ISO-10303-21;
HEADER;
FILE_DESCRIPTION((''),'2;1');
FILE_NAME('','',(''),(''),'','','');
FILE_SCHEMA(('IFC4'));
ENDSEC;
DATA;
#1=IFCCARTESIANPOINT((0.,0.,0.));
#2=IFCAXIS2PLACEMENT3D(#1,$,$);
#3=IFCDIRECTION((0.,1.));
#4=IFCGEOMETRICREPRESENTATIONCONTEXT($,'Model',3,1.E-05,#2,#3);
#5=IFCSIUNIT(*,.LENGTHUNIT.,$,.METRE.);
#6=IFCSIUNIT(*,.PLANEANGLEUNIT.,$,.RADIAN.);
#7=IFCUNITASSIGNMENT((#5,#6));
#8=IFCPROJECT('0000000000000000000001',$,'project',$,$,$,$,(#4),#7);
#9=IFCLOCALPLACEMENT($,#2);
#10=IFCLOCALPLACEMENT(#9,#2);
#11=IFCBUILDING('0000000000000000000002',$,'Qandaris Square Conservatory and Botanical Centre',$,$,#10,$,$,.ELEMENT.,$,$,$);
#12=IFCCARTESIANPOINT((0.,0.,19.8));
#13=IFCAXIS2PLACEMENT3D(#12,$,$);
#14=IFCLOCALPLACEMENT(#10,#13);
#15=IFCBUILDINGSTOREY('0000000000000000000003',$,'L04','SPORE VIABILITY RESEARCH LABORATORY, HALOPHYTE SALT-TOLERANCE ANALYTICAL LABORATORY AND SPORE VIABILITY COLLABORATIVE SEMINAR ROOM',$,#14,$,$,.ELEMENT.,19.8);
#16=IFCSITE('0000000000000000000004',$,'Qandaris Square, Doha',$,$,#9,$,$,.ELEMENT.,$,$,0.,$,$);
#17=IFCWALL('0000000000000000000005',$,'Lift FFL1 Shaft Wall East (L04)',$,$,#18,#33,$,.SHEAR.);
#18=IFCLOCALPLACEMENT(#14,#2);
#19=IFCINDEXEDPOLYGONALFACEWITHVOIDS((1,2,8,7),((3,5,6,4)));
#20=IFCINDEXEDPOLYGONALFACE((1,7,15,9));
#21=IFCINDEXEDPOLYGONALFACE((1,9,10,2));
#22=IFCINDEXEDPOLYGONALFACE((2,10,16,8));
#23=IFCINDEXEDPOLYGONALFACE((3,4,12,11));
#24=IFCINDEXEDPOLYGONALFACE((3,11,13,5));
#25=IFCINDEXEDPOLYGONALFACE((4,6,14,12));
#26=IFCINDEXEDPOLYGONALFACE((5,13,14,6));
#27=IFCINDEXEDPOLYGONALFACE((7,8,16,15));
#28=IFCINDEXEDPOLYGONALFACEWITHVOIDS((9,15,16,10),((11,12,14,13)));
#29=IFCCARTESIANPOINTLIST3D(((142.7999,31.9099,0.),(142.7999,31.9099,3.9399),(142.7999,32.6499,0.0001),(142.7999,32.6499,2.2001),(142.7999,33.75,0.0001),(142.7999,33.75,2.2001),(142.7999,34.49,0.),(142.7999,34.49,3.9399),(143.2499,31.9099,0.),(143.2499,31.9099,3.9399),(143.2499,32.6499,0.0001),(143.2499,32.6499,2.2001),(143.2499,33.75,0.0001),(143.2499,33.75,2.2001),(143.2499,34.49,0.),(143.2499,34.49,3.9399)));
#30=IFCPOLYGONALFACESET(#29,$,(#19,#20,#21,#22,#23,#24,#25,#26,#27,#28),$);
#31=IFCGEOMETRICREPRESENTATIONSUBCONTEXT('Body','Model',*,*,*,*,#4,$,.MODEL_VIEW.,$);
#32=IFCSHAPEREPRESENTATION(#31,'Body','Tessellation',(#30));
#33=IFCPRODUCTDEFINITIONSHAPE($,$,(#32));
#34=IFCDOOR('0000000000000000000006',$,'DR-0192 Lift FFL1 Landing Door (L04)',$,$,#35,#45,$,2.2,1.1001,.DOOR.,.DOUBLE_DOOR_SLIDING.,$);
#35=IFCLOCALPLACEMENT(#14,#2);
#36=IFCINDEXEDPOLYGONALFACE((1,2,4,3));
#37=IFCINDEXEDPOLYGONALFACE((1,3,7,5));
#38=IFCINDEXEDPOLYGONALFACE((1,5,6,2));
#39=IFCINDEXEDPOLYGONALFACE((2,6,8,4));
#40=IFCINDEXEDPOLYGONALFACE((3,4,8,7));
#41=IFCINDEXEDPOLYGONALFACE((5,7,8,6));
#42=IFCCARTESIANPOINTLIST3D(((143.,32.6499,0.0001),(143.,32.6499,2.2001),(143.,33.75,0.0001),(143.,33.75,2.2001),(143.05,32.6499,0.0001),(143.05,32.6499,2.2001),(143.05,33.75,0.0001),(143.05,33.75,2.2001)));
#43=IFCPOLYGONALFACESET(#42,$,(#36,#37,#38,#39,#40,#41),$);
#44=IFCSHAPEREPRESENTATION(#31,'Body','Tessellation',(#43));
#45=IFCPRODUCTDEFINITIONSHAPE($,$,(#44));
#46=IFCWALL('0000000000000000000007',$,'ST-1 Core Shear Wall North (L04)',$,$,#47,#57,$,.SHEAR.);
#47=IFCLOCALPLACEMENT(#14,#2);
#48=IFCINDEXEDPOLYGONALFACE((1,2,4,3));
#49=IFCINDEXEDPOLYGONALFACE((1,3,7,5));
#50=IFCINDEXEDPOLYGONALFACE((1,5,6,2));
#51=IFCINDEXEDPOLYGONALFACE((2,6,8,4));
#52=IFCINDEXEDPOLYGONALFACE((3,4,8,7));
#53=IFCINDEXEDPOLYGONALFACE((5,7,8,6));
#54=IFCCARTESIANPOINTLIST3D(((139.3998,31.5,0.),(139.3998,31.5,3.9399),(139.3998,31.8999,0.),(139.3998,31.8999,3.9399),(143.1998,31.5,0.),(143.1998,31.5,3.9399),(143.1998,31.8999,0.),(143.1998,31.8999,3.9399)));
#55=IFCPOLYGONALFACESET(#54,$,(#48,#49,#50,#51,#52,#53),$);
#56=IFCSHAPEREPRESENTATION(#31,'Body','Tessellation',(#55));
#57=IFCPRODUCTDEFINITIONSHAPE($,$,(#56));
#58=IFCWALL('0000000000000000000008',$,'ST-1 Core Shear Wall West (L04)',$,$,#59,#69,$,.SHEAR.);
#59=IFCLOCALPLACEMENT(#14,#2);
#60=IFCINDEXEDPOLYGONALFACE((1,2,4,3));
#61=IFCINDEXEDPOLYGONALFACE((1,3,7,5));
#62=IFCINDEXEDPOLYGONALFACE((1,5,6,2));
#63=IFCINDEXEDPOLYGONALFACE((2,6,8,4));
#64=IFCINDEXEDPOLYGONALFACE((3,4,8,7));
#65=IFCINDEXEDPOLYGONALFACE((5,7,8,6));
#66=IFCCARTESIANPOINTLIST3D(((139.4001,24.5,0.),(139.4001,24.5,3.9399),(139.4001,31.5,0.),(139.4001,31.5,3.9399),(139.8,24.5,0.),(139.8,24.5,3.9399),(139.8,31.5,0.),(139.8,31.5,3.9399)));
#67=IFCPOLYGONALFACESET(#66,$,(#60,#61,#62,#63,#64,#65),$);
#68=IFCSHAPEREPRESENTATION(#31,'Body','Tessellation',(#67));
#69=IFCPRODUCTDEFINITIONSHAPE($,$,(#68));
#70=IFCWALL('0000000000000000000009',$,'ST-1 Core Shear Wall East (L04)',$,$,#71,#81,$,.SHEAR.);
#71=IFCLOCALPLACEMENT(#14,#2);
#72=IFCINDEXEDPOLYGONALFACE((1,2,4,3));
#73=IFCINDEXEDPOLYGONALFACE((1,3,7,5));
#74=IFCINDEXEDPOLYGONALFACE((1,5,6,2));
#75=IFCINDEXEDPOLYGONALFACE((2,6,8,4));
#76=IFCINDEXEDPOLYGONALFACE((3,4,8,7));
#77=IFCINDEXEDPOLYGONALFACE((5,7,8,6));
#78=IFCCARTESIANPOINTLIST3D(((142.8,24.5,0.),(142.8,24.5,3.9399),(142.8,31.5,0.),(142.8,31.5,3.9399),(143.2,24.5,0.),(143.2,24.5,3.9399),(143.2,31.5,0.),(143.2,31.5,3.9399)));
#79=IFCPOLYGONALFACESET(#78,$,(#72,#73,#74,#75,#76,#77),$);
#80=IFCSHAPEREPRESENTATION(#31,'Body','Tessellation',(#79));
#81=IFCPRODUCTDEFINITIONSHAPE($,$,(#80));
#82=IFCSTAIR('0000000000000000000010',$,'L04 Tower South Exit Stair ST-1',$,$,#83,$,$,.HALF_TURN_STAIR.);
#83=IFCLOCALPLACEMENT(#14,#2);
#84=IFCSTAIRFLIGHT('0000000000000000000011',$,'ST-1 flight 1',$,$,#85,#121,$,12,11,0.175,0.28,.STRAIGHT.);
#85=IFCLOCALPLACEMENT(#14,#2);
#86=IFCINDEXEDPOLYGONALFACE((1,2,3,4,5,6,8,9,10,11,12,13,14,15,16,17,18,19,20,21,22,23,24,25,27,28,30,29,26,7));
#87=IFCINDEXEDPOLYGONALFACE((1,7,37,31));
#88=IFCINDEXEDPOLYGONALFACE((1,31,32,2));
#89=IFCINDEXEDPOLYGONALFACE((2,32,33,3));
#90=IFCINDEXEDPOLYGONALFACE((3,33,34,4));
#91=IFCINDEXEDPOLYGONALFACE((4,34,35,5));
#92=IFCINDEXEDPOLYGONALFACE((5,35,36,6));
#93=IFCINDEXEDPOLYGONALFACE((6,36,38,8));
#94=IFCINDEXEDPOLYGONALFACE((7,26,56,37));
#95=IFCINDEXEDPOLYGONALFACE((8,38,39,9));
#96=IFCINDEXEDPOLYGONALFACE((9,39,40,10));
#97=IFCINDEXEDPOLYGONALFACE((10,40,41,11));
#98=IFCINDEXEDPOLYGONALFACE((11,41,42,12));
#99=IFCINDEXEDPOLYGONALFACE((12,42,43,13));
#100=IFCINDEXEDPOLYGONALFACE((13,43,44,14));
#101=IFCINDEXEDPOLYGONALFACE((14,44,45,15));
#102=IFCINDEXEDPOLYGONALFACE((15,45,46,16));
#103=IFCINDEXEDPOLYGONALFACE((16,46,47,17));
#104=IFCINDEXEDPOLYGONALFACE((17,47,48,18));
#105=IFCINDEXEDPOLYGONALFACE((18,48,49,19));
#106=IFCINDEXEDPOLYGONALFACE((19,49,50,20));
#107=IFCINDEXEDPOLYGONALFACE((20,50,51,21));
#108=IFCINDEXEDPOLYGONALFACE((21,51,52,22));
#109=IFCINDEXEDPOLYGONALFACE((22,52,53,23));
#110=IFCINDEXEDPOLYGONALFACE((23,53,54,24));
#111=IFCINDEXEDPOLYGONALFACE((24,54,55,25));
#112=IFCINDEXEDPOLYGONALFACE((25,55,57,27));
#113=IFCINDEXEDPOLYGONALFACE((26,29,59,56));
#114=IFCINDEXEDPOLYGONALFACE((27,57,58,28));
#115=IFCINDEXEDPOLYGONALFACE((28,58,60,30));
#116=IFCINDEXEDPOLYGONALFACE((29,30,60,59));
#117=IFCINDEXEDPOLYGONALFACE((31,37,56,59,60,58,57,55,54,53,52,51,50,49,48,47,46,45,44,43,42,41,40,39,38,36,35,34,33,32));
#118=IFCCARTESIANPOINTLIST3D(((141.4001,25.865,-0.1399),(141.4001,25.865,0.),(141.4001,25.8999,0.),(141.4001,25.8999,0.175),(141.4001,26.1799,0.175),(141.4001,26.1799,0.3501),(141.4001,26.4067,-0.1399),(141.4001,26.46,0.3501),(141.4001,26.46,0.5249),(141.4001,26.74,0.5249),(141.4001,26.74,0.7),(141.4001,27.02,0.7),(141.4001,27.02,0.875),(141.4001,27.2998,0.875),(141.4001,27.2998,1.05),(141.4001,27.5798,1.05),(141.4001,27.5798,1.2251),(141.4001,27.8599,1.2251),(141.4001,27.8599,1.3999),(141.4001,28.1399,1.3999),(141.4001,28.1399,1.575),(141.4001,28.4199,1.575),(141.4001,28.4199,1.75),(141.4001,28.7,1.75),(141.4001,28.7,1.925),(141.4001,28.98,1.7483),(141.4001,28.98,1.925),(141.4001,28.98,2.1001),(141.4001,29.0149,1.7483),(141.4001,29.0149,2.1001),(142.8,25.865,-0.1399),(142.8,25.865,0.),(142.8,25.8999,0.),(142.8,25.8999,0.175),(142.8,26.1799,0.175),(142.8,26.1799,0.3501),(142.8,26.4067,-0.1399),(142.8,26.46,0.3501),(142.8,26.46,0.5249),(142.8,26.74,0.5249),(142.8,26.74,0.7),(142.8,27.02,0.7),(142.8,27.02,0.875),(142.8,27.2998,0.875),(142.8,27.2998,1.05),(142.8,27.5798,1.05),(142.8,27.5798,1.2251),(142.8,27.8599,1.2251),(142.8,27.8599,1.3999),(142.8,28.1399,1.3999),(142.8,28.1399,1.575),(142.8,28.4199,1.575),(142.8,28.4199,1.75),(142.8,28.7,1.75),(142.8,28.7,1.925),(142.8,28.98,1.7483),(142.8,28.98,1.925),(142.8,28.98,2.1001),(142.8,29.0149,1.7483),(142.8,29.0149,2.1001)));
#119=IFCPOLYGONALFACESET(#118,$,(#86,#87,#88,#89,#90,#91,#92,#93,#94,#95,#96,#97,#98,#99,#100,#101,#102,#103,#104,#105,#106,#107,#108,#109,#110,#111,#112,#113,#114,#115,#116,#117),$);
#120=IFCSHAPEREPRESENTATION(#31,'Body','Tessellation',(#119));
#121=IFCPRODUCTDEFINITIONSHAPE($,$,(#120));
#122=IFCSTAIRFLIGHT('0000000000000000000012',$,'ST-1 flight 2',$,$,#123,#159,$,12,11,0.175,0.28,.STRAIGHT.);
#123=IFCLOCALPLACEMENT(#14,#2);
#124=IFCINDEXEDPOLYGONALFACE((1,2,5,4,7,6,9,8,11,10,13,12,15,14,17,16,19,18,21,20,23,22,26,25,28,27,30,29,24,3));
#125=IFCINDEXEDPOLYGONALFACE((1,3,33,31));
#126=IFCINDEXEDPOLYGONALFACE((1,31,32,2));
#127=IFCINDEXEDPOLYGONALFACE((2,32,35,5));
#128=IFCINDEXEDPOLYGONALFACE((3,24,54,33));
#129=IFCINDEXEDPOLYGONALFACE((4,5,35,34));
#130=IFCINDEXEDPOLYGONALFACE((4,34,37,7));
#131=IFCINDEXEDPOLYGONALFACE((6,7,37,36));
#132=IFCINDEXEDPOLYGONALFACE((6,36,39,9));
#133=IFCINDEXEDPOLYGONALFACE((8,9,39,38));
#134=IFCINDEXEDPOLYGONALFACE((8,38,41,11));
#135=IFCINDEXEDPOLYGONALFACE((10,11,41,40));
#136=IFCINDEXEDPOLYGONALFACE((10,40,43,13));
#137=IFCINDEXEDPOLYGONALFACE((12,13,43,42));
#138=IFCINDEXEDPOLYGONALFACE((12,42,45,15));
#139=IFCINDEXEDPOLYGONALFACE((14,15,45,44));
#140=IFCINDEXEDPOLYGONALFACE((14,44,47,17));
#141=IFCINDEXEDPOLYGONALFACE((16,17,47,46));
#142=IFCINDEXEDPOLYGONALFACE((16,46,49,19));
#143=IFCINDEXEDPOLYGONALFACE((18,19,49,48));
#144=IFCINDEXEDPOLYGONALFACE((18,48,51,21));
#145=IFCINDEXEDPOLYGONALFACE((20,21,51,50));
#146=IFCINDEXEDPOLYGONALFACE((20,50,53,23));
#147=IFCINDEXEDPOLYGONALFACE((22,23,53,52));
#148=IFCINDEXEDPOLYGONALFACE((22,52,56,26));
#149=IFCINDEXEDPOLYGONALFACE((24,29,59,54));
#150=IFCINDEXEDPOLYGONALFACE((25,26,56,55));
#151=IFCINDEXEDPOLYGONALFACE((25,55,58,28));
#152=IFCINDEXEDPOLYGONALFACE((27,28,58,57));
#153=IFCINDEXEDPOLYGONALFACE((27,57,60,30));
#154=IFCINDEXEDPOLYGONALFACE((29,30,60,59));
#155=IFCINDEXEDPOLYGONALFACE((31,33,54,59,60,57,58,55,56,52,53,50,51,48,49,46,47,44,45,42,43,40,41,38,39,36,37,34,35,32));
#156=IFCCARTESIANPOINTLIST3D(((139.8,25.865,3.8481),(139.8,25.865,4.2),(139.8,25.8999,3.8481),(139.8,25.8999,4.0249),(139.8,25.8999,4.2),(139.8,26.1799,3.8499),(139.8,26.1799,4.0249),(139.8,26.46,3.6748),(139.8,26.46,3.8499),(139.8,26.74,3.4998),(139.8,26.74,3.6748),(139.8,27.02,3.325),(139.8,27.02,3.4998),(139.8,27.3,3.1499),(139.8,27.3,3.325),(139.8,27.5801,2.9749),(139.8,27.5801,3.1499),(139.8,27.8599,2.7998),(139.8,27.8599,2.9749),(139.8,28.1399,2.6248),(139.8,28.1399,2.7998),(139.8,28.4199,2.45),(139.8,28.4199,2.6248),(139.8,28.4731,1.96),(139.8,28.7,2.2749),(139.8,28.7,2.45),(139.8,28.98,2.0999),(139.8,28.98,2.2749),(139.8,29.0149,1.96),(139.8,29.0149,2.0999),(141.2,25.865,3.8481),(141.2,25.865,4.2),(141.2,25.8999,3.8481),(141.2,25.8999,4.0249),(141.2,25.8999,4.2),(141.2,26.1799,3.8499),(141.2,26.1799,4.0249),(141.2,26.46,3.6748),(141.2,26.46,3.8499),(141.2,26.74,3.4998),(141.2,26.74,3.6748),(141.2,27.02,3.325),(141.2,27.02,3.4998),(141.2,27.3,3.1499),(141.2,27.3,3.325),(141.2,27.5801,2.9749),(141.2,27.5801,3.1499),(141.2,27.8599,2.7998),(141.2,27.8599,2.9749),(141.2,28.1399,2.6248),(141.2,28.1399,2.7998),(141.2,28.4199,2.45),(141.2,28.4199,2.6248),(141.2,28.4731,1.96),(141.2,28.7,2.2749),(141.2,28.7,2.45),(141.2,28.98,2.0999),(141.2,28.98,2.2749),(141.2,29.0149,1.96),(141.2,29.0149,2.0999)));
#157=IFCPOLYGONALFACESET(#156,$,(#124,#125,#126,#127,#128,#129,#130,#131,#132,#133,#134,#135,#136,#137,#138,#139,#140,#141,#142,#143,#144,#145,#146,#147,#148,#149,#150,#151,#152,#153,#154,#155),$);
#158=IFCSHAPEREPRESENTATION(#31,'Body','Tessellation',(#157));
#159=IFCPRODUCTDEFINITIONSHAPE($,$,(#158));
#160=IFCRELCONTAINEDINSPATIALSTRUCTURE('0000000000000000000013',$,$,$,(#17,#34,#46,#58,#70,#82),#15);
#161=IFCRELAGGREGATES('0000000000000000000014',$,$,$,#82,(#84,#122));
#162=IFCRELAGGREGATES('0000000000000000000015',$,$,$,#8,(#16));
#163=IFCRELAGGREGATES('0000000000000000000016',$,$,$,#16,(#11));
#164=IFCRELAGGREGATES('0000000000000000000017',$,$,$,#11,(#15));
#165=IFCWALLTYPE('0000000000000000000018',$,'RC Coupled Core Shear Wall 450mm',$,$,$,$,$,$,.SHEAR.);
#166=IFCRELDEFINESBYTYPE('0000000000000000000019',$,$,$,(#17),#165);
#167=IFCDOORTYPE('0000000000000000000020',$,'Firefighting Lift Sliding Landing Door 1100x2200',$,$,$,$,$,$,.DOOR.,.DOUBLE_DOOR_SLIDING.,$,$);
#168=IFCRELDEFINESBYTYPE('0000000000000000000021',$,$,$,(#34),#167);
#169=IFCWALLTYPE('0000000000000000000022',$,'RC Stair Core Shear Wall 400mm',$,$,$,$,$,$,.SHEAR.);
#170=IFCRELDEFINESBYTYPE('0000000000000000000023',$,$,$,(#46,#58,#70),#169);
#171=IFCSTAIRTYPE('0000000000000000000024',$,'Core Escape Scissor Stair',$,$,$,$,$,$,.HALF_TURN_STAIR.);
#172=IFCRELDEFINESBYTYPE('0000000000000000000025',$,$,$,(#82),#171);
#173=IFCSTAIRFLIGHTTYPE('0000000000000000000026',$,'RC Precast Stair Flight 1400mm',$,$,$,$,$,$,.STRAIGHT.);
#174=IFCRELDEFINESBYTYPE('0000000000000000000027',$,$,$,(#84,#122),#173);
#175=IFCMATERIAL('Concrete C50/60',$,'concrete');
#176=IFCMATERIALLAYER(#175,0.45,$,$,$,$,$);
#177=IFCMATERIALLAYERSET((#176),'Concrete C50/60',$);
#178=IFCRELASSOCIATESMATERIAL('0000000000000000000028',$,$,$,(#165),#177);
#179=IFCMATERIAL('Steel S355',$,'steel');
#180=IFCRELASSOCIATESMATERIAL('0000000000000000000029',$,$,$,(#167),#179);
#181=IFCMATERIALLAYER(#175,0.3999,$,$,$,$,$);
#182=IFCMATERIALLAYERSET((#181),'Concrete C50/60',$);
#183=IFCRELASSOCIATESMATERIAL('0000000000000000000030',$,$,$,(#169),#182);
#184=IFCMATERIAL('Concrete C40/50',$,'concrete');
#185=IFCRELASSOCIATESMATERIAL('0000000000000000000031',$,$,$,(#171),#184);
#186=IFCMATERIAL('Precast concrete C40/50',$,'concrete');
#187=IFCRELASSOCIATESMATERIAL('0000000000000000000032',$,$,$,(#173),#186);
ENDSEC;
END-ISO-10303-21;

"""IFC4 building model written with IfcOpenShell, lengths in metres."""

from ifc_helpers import new_model, si_unit, direction, frame, frame_2d, origin, place, context, subcontext, project, spatial, polyline, rectangle, outline, extrude, material, layer, layer_set, type_object, element, fill, aggregate, save


model = new_model("IFC4")

# Units and contexts
model_context = context("Model", 3, precision=1e-05, world=origin(), true_north=direction((0.0, 1.0)))
body_context = subcontext(model_context, "Body", "Model", "MODEL_VIEW")
ifc_project = project(units=[si_unit("LENGTHUNIT", "METRE"), si_unit("PLANEANGLEUNIT", "RADIAN")], contexts=[model_context])

# Site, building, storey
site_placement = place(None, origin())
site = spatial("IfcSite", under=ifc_project, at=site_placement, Name="Qandaris Square, Doha", CompositionType="ELEMENT", RefElevation=0.0)
building_placement = place(site_placement, origin())
building = spatial("IfcBuilding", under=site, at=building_placement, Name="Qandaris Square Conservatory and Botanical Centre", CompositionType="ELEMENT")
storey_placement = place(building_placement, frame((0.0, 0.0, 19.8)))
storey = spatial("IfcBuildingStorey", under=building, at=storey_placement, Name="L04", Description="SPORE VIABILITY RESEARCH LABORATORY, HALOPHYTE SALT-TOLERANCE ANALYTICAL LABORATORY AND SPORE VIABILITY COLLABORATIVE SEMINAR ROOM", CompositionType="ELEMENT", Elevation=19.8)

# Shared definitions
ifc_material_1 = material(Name="Concrete C50/60", Category="concrete")

# Shared definitions
ifc_material_2 = material(Name="Concrete C40/50", Category="concrete")

# Shared definitions
ifc_material_3 = material(Name="Steel S355", Category="steel")

# Shared definitions
ifc_layer_1 = layer(ifc_material_1, 0.45)
ifc_layer_set_1 = layer_set([ifc_layer_1], Name="Concrete C50/60")
wall_type_1 = type_object("IfcWallType", Name="RC Coupled Core Shear Wall 450mm", PredefinedType="SHEAR", material=ifc_layer_set_1)

# Wall, opening, door
wall_1_placement = place(storey_placement, frame((143.0249, 31.9099, 0.0), z_axis=(0.0, 0.0, 1.0), x_axis=(0.0, 1.0, 0.0)))
wall_1 = element("IfcWall", 1, at=wall_1_placement, inside=storey, type_object=wall_type_1, Name="Lift FFL1 Shaft Wall East (L04)", PredefinedType="SHEAR", context=body_context, shape_type="SweptSolid", body=[
    extrude(rectangle(XDim=2.5801, YDim=0.45, at=frame_2d((1.29, 0.0))), origin(), (0.0, 0.0, 1.0), 3.9399),
])
opening_1_placement = place(wall_1_placement, frame((0.74, 0.0, 0.0)))
opening_1 = element("IfcOpeningElement", 2, at=opening_1_placement, cuts=wall_1, PredefinedType="OPENING", context=body_context, shape_type="SweptSolid", body=[
    extrude(rectangle(XDim=1.1001, YDim=2.2, at=frame_2d((0.55, 1.1001))), frame((0.0, 0.2368, 0.0), z_axis=(0.0, -1.0, 0.0), x_axis=(1.0, 0.0, 0.0)), (0.0, 0.0, 1.0), 0.4739),
])
door_type_1 = type_object("IfcDoorType", Name="Firefighting Lift Sliding Landing Door 1100x2200", OperationType="DOUBLE_DOOR_SLIDING", PredefinedType="DOOR", material=ifc_material_3)
door_1_placement = place(opening_1_placement, origin())
door_1 = element("IfcDoor", 3, at=door_1_placement, inside=storey, type_object=door_type_1, Name="DR-0192 Lift FFL1 Landing Door (L04)", OperationType="DOUBLE_DOOR_SLIDING", OverallHeight=2.2, OverallWidth=1.1001, PredefinedType="DOOR", context=body_context, shape_type="SweptSolid", body=[
    extrude(rectangle(XDim=1.1001, YDim=2.2, at=frame_2d((0.55, 1.1001))), frame((0.0, 0.0249, 0.0), z_axis=(0.0, -1.0, 0.0), x_axis=(1.0, 0.0, 0.0)), (0.0, 0.0, 1.0), 0.05),
])
fill(opening_1, door_1)

# Walls
ifc_layer_2 = layer(ifc_material_1, 0.3999)
ifc_layer_set_2 = layer_set([ifc_layer_2], Name="Concrete C50/60")
wall_type_2 = type_object("IfcWallType", Name="RC Stair Core Shear Wall 400mm", PredefinedType="SHEAR", material=ifc_layer_set_2)
wall_2_placement = place(storey_placement, frame((139.3999, 31.7, 0.0), z_axis=(0.0, 0.0, 1.0), x_axis=(1.0, 0.0, 0.0)))
element("IfcWall", 4, at=wall_2_placement, inside=storey, type_object=wall_type_2, Name="ST-1 Core Shear Wall North (L04)", PredefinedType="SHEAR", context=body_context, shape_type="SweptSolid", body=[
    extrude(rectangle(XDim=3.8, YDim=0.3999, at=frame_2d((1.8999, 0.0))), origin(), (0.0, 0.0, 1.0), 3.9399),
])
for number, where, z_axis, x_axis, name in (
    (5, (139.6001, 24.5, 0.0), (0.0, 0.0, 1.0), (0.0, 1.0, 0.0), "ST-1 Core Shear Wall West (L04)"),
    (6, (143.0, 24.5, 0.0), (0.0, 0.0, 1.0), (0.0, 1.0, 0.0), "ST-1 Core Shear Wall East (L04)"),
):
    element("IfcWall", number, at=place(storey_placement, frame(where, z_axis=z_axis, x_axis=x_axis)), inside=storey, type_object=wall_type_2, Name=name, PredefinedType="SHEAR", context=body_context, shape_type="SweptSolid", body=[
        extrude(rectangle(XDim=7.0, YDim=0.3999, at=frame_2d((3.5, 0.0))), origin(), (0.0, 0.0, 1.0), 3.9399),
    ])

# Stair, stair flights
stair_type = type_object("IfcStairType", Name="Core Escape Scissor Stair", PredefinedType="HALF_TURN_STAIR", material=ifc_material_2)
stair_placement = place(storey_placement, origin())
stair = element("IfcStair", 7, at=stair_placement, inside=storey, type_object=stair_type, Name="L04 Tower South Exit Stair ST-1", PredefinedType="HALF_TURN_STAIR")
ifc_material_4 = material(Name="Precast concrete C40/50", Category="concrete")
stair_flight_type = type_object("IfcStairFlightType", Name="RC Precast Stair Flight 1400mm", PredefinedType="STRAIGHT", material=ifc_material_4)
stair_flight_1_placement = place(storey_placement, frame((142.1001, 25.8999, 0.0), z_axis=(0.0, 0.0, 1.0), x_axis=(0.0, 1.0, 0.0)))
stair_flight_1 = element("IfcStairFlight", 8, at=stair_flight_1_placement, type_object=stair_flight_type, Name="ST-1 flight 1", NumberOfRisers=12, NumberOfTreads=11, PredefinedType="STRAIGHT", RiserHeight=0.175, TreadLength=0.28, context=body_context, shape_type="SweptSolid", body=[
    extrude(outline(polyline([(-0.0349, 0.0), (0.0, 0.0), (0.0, 0.175), (0.28, 0.175), (0.28, 0.3501), (0.5601, 0.3501), (0.5601, 0.5249), (0.8401, 0.5249), (0.8401, 0.7), (1.1201, 0.7), (1.1201, 0.875), (1.3999, 0.875), (1.3999, 1.05), (1.6799, 1.05), (1.6799, 1.2251), (1.96, 1.2251), (1.96, 1.3999), (2.24, 1.3999), (2.24, 1.575), (2.52, 1.575), (2.52, 1.75), (2.8, 1.75), (2.8, 1.925), (3.0801, 1.925), (3.0801, 2.1001), (3.115, 2.1001), (3.115, 1.7483), (3.0801, 1.7483), (0.5068, -0.1399), (-0.0349, -0.1399), (-0.0349, 0.0)])), frame((0.0, 0.7, 0.0), z_axis=(0.0, -1.0, 0.0), x_axis=(1.0, 0.0, 0.0)), (0.0, 0.0, 1.0), 1.3999),
])
stair_flight_2_placement = place(storey_placement, frame((140.5, 28.98, 2.0999), z_axis=(0.0, 0.0, 1.0), x_axis=(0.0, -1.0, 0.0)))
stair_flight_2 = element("IfcStairFlight", 9, at=stair_flight_2_placement, type_object=stair_flight_type, Name="ST-1 flight 2", NumberOfRisers=12, NumberOfTreads=11, PredefinedType="STRAIGHT", RiserHeight=0.175, TreadLength=0.28, context=body_context, shape_type="SweptSolid", body=[
    extrude(outline(polyline([(-0.0349, 0.0), (0.0, 0.0), (0.0, 0.175), (0.28, 0.175), (0.28, 0.3501), (0.5601, 0.3501), (0.5601, 0.5249), (0.8401, 0.5249), (0.8401, 0.7), (1.1201, 0.7), (1.1201, 0.875), (1.3999, 0.875), (1.3999, 1.05), (1.6799, 1.05), (1.6799, 1.2251), (1.96, 1.2251), (1.96, 1.3999), (2.24, 1.3999), (2.24, 1.575), (2.52, 1.575), (2.52, 1.75), (2.8, 1.75), (2.8, 1.925), (3.0801, 1.925), (3.0801, 2.1001), (3.115, 2.1001), (3.115, 1.7483), (3.0801, 1.7483), (0.5068, -0.1399), (-0.0349, -0.1399), (-0.0349, 0.0)])), frame((0.0, 0.7, 0.0), z_axis=(0.0, -1.0, 0.0), x_axis=(1.0, 0.0, 0.0)), (0.0, 0.0, 1.0), 1.3999),
])
aggregate(stair, [stair_flight_1, stair_flight_2])

save(model, "model.ifc")
